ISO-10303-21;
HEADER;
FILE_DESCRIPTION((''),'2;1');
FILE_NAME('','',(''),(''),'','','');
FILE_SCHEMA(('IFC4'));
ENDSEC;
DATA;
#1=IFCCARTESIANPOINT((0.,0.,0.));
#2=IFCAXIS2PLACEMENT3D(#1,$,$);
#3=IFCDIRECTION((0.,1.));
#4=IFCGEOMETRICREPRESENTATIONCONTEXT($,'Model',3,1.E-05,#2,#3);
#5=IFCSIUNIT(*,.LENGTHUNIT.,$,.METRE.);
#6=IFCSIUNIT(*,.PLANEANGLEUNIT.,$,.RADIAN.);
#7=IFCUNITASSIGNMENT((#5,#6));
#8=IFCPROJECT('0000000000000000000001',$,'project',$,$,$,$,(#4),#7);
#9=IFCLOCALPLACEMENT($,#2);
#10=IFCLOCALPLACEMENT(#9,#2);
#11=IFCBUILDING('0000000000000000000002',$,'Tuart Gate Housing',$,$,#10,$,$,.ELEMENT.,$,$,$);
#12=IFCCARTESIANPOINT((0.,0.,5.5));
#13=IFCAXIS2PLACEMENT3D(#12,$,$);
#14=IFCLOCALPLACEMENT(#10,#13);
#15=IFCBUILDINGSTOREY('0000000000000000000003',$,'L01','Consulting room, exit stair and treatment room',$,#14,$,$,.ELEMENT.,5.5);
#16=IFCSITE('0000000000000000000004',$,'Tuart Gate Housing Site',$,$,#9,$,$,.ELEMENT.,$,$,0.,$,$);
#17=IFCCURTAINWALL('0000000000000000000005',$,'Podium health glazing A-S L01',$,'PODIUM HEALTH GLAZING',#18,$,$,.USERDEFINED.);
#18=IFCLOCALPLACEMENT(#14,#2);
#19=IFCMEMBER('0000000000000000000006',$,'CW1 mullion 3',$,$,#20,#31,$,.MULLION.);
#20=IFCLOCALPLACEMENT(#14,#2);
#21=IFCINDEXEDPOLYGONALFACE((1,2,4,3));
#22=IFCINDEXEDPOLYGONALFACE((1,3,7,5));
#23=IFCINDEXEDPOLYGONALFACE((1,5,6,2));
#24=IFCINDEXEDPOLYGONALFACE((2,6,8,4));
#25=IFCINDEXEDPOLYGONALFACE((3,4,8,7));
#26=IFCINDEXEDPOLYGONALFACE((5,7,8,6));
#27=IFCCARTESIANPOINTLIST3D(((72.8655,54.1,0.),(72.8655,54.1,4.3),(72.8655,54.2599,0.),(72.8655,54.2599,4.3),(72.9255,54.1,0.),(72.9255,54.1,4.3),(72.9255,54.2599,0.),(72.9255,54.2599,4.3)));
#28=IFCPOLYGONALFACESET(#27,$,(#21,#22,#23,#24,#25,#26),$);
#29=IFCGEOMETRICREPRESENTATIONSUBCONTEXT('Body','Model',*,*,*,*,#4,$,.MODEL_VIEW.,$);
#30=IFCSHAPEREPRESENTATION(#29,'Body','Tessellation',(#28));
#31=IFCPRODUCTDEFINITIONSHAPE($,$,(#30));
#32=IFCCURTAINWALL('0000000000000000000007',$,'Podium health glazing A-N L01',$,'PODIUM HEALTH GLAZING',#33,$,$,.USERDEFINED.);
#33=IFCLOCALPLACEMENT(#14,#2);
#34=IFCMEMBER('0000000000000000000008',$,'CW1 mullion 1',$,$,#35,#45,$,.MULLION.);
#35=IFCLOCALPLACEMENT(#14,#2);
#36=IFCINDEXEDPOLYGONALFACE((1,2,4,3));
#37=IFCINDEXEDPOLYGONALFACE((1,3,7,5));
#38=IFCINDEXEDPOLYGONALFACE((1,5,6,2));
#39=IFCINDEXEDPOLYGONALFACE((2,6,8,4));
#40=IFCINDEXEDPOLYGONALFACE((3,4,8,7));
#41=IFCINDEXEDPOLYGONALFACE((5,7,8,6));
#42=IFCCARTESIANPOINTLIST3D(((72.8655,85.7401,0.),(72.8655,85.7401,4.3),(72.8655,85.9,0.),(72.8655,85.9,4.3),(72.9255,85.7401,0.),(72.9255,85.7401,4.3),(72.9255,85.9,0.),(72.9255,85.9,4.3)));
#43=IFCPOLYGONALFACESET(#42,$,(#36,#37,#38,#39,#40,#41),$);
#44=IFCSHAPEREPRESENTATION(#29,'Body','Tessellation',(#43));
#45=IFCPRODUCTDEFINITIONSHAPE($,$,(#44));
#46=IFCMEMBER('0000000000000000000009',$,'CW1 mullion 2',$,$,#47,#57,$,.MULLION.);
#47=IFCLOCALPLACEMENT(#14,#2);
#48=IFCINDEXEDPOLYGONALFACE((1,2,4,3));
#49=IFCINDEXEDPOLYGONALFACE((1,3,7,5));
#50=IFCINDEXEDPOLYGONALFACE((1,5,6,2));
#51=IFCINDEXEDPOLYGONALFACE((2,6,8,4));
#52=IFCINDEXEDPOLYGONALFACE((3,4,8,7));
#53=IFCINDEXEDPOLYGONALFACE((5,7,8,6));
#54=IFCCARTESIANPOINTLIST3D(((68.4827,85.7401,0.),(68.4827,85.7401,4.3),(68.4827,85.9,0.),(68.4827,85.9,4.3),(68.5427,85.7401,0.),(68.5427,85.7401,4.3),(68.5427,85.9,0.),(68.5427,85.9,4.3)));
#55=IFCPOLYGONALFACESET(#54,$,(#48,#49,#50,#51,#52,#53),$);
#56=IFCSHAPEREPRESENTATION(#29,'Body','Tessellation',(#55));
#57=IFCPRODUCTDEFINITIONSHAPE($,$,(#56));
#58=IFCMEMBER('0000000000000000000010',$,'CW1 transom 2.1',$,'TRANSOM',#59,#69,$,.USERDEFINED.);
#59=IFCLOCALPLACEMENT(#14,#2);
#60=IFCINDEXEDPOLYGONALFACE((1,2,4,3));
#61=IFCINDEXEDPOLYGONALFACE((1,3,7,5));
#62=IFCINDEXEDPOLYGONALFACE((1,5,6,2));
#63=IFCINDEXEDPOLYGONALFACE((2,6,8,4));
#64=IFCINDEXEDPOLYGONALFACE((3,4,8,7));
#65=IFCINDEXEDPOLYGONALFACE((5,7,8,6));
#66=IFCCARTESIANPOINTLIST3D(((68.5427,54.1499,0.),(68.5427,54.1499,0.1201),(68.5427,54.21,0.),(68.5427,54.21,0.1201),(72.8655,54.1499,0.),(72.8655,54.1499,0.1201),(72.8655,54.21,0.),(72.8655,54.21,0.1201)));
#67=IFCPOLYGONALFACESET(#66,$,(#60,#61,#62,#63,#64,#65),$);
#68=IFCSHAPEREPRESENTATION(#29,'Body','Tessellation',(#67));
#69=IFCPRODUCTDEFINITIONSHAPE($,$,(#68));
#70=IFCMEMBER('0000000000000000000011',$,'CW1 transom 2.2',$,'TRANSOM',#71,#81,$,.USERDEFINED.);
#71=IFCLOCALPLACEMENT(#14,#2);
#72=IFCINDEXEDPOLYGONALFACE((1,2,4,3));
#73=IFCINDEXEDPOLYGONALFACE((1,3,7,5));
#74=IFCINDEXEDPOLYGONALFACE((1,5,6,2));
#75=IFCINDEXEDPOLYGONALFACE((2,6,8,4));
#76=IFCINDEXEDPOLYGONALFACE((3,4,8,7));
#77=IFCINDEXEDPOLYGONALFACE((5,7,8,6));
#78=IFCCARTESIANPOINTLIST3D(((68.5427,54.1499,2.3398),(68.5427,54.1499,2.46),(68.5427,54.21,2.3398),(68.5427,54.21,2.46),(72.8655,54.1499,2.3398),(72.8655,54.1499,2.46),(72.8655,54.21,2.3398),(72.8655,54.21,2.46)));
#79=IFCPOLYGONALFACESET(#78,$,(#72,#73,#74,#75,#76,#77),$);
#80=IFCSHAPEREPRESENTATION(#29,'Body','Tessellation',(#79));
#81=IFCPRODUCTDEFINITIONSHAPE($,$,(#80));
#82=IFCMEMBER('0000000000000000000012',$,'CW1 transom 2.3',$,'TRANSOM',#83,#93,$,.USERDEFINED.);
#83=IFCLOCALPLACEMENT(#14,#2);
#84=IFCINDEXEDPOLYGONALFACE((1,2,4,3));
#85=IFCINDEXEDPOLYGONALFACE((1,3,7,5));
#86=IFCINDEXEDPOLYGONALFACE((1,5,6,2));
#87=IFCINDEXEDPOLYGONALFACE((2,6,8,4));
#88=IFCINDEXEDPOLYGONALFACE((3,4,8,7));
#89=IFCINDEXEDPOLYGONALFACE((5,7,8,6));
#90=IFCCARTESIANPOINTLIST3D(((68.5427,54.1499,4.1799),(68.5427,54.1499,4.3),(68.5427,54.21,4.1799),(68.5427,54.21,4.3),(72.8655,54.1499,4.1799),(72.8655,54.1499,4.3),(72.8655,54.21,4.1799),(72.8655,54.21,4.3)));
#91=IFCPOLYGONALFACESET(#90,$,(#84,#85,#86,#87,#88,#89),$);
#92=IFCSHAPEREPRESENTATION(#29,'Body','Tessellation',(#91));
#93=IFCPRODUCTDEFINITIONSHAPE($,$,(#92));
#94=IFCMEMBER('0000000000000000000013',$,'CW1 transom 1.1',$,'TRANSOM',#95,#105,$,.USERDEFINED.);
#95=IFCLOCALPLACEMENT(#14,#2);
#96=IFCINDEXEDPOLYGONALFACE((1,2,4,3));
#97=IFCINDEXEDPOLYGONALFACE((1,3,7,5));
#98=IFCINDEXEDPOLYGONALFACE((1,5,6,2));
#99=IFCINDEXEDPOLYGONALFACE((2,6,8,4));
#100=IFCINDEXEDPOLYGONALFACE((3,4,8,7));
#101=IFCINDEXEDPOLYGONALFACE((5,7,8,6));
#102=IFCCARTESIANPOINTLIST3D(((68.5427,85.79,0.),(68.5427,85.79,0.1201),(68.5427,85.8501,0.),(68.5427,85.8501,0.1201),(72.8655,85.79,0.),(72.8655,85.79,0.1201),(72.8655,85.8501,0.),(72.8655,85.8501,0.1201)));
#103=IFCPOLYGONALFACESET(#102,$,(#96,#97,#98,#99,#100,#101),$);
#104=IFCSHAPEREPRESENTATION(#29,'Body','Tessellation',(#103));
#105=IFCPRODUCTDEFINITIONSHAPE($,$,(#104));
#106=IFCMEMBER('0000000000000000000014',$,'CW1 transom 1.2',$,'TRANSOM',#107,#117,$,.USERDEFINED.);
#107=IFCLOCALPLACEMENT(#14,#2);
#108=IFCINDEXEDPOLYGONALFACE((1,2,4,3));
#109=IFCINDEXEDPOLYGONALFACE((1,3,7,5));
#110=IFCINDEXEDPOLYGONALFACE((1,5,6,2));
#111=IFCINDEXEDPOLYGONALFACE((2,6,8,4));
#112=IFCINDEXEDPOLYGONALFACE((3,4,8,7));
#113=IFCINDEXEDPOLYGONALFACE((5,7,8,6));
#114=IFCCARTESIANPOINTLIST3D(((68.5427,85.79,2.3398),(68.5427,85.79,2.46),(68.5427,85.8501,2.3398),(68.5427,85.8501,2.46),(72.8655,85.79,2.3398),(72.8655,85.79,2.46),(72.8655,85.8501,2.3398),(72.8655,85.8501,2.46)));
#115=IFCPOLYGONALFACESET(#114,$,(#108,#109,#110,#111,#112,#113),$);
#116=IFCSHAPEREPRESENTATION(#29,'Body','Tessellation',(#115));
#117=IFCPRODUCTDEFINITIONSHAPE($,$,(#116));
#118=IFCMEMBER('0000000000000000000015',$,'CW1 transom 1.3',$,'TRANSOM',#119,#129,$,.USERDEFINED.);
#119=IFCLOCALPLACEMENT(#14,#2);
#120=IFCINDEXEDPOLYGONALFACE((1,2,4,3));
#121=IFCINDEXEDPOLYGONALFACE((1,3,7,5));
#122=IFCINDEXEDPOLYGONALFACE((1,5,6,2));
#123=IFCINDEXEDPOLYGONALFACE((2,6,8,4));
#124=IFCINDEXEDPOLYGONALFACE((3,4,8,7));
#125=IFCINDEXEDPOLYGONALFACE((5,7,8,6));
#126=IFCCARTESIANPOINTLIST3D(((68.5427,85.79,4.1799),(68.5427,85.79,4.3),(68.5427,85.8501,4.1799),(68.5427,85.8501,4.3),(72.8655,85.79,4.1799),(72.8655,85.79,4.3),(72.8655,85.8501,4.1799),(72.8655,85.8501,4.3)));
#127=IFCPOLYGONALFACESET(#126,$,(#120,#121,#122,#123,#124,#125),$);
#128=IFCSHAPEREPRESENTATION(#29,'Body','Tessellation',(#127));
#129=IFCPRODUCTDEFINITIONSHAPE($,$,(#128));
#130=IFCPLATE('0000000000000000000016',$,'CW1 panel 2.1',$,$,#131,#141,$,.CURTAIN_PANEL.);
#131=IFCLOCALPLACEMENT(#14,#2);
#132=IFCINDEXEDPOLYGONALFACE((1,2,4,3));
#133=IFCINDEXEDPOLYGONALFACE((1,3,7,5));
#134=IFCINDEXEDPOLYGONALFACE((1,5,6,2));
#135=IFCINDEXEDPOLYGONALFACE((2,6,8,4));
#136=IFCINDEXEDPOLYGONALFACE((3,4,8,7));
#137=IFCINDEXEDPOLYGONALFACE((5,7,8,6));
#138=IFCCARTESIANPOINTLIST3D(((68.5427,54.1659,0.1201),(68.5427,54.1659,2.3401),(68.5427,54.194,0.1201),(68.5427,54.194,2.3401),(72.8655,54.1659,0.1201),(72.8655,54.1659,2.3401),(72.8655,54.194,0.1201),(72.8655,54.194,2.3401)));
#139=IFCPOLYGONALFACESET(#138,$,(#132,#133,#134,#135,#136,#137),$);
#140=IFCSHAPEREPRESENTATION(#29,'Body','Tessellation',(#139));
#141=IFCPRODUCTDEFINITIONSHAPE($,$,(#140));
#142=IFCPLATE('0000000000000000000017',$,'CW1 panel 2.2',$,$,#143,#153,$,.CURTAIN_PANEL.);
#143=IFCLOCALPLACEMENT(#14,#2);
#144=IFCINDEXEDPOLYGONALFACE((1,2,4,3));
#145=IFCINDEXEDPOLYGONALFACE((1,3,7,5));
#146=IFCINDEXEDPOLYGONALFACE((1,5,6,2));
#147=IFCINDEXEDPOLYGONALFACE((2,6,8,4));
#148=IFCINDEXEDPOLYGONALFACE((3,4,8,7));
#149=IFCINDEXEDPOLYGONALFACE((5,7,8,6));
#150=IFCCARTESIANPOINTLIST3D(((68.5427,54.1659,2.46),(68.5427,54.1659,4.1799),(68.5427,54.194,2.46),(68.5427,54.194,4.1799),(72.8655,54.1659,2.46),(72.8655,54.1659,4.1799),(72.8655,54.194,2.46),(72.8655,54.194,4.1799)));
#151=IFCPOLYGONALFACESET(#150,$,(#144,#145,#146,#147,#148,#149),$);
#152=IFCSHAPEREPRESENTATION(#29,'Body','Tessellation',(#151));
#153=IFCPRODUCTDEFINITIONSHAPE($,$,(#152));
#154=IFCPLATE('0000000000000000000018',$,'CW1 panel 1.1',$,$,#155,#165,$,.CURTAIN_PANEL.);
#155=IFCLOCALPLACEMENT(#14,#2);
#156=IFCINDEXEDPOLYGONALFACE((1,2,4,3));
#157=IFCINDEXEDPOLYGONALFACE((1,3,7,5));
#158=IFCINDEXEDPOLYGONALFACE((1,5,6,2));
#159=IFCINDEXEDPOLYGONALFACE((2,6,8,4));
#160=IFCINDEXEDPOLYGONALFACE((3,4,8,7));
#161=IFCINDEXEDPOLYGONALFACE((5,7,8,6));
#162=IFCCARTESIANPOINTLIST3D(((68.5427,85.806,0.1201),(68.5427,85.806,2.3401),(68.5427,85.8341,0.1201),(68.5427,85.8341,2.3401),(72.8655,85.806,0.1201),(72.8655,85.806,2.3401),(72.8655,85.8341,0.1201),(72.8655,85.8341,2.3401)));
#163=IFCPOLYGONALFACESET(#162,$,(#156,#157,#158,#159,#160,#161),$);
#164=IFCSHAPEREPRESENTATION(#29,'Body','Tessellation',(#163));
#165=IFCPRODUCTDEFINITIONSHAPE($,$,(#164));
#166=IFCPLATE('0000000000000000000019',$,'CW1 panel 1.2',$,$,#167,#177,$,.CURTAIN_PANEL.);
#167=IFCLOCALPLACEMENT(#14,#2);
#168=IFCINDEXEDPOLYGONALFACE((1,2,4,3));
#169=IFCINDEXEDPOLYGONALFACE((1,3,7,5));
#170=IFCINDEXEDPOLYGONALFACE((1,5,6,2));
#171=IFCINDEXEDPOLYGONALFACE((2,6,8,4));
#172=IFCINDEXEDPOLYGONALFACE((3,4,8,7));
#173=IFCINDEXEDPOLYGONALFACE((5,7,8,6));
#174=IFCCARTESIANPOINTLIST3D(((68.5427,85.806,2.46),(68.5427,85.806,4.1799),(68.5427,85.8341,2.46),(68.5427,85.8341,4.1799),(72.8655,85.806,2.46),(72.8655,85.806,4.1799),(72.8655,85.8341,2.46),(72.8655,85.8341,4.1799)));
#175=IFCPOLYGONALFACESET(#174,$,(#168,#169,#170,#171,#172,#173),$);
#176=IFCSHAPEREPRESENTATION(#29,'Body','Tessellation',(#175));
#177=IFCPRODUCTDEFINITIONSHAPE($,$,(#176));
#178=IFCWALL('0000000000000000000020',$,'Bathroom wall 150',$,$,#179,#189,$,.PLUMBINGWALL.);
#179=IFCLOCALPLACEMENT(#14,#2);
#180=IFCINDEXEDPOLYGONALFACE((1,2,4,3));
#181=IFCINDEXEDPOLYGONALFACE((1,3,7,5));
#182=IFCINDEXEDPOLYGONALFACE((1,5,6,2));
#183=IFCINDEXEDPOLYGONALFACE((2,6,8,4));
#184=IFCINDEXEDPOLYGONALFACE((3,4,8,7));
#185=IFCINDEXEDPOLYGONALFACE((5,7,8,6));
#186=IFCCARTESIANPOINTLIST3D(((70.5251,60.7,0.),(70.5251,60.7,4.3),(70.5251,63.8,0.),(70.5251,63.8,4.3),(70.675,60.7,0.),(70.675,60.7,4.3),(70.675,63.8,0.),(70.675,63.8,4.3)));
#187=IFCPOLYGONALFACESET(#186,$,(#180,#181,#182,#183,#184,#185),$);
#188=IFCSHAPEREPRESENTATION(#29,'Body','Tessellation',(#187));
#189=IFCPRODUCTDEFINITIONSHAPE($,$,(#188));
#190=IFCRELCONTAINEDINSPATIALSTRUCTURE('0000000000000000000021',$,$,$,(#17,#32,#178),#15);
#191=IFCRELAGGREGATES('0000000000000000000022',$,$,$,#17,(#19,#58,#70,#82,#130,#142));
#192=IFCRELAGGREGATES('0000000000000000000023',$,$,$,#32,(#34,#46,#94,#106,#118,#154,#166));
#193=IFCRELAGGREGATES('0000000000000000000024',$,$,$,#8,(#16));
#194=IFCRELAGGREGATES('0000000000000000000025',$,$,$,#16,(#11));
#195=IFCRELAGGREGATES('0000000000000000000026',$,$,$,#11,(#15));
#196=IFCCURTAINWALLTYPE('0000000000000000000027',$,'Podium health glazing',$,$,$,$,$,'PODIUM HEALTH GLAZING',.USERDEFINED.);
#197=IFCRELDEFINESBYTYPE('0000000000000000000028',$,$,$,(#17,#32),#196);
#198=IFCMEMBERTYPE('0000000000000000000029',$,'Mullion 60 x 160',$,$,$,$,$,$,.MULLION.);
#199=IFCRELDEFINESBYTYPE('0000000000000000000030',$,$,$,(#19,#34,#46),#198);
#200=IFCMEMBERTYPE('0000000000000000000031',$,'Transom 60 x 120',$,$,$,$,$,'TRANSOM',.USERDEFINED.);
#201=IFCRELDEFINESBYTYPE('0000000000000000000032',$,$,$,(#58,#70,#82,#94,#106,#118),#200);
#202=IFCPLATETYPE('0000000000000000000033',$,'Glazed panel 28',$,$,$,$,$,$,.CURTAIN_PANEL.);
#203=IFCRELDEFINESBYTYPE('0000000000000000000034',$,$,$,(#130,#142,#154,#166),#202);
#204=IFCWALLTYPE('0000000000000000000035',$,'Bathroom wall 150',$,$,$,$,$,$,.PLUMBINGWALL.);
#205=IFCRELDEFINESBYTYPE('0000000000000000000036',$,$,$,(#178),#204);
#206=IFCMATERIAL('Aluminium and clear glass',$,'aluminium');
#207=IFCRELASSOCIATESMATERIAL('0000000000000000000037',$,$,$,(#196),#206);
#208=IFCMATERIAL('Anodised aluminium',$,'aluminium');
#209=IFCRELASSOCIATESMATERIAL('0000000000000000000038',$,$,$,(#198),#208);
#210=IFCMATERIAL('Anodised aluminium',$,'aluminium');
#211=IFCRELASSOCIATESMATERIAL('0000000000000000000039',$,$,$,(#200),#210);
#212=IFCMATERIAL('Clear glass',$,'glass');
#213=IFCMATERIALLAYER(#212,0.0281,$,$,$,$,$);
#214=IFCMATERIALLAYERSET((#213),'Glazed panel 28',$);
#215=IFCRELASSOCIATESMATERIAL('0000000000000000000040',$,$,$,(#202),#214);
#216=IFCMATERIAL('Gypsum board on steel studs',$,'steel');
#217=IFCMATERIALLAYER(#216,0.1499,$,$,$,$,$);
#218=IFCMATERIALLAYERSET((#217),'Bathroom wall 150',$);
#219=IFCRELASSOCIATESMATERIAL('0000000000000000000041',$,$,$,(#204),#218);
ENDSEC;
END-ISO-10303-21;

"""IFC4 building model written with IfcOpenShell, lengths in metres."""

from ifc_helpers import new_model, si_unit, direction, frame, frame_2d, origin, origin_2d, place, context, subcontext, project, spatial, rectangle, extrude, material, layer, layer_set, material_profile, profile_set, type_object, element, aggregate, save


model = new_model("IFC4")

# Units and contexts
model_context = context("Model", 3, precision=1e-05, world=origin(), true_north=direction((0.0, 1.0)))
body_context = subcontext(model_context, "Body", "Model", "MODEL_VIEW")
ifc_project = project(units=[si_unit("LENGTHUNIT", "METRE"), si_unit("PLANEANGLEUNIT", "RADIAN")], contexts=[model_context])

# Site, building, storey
site_placement = place(None, origin())
site = spatial("IfcSite", under=ifc_project, at=site_placement, Name="Tuart Gate Housing Site", CompositionType="ELEMENT", RefElevation=0.0)
building_placement = place(site_placement, origin())
building = spatial("IfcBuilding", under=site, at=building_placement, Name="Tuart Gate Housing", CompositionType="ELEMENT")
storey_placement = place(building_placement, frame((0.0, 0.0, 5.5)))
storey = spatial("IfcBuildingStorey", under=building, at=storey_placement, Name="L01", Description="Consulting room, exit stair and treatment room", CompositionType="ELEMENT", Elevation=5.5)

# Curtain wall, member
ifc_material_1 = material(Name="Aluminium and clear glass", Category="aluminium")
curtain_wall_type = type_object("IfcCurtainWallType", Name="Podium health glazing", ElementType="PODIUM HEALTH GLAZING", PredefinedType="USERDEFINED", material=ifc_material_1)
curtain_wall_1_placement = place(storey_placement, origin())
curtain_wall_1 = element("IfcCurtainWall", 1, at=curtain_wall_1_placement, inside=storey, type_object=curtain_wall_type, Name="Podium health glazing A-S L01", ObjectType="PODIUM HEALTH GLAZING", PredefinedType="USERDEFINED")
ifc_material_2 = material(Name="Anodised aluminium", Category="aluminium")
ifc_material_profile_1 = material_profile(ifc_material_2, rectangle(XDim=0.0601, YDim=0.1599, at=origin_2d()), Name="60x160")
ifc_profile_set_1 = profile_set([ifc_material_profile_1], Name="Anodised aluminium")
member_type_1 = type_object("IfcMemberType", Name="Mullion 60 x 160", PredefinedType="MULLION", material=ifc_profile_set_1)
member_1_placement = place(storey_placement, frame((72.8955, 54.1799, 0.0), z_axis=(0.0, 0.0, 1.0), x_axis=(1.0, 0.0, 0.0)))
member_1 = element("IfcMember", 2, at=member_1_placement, type_object=member_type_1, Name="CW1 mullion 3", PredefinedType="MULLION", context=body_context, shape_type="SweptSolid", body=[
    extrude(rectangle(XDim=0.0601, YDim=0.1599, at=origin_2d()), origin(), (0.0, 0.0, 1.0), 4.3),
])

# Curtain wall, members
curtain_wall_2_placement = place(storey_placement, origin())
curtain_wall_2 = element("IfcCurtainWall", 3, at=curtain_wall_2_placement, inside=storey, type_object=curtain_wall_type, Name="Podium health glazing A-N L01", ObjectType="PODIUM HEALTH GLAZING", PredefinedType="USERDEFINED")
member_2_placement = place(storey_placement, frame((72.8955, 85.8201, 0.0), z_axis=(0.0, 0.0, 1.0), x_axis=(-1.0, 0.0, 0.0)))
member_2 = element("IfcMember", 4, at=member_2_placement, type_object=member_type_1, Name="CW1 mullion 1", PredefinedType="MULLION", context=body_context, shape_type="SweptSolid", body=[
    extrude(rectangle(XDim=0.0601, YDim=0.1599, at=origin_2d()), origin(), (0.0, 0.0, 1.0), 4.3),
])
member_3_placement = place(storey_placement, frame((68.5127, 85.8201, 0.0), z_axis=(0.0, 0.0, 1.0), x_axis=(-1.0, 0.0, 0.0)))
member_3 = element("IfcMember", 5, at=member_3_placement, type_object=member_type_1, Name="CW1 mullion 2", PredefinedType="MULLION", context=body_context, shape_type="SweptSolid", body=[
    extrude(rectangle(XDim=0.0601, YDim=0.1599, at=origin_2d()), origin(), (0.0, 0.0, 1.0), 4.3),
])

# Members
ifc_material_3 = material(Name="Anodised aluminium", Category="aluminium")
ifc_material_profile_2 = material_profile(ifc_material_3, rectangle(XDim=0.0601, YDim=0.1201, at=origin_2d()), Name="60x120")
ifc_profile_set_2 = profile_set([ifc_material_profile_2], Name="Anodised aluminium")
member_type_2 = type_object("IfcMemberType", Name="Transom 60 x 120", ElementType="TRANSOM", PredefinedType="USERDEFINED", material=ifc_profile_set_2)
member_4_placement = place(storey_placement, frame((68.5427, 54.1799, 0.0601), z_axis=(1.0, 0.0, 0.0), x_axis=(0.0, 1.0, 0.0)))
member_4 = element("IfcMember", 6, at=member_4_placement, type_object=member_type_2, Name="CW1 transom 2.1", ObjectType="TRANSOM", PredefinedType="USERDEFINED", context=body_context, shape_type="SweptSolid", body=[
    extrude(rectangle(XDim=0.0601, YDim=0.1201, at=origin_2d()), origin(), (0.0, 0.0, 1.0), 4.3228),
])
member_5_placement = place(storey_placement, frame((68.5427, 54.1799, 2.3999), z_axis=(1.0, 0.0, 0.0), x_axis=(0.0, 1.0, 0.0)))
member_5 = element("IfcMember", 7, at=member_5_placement, type_object=member_type_2, Name="CW1 transom 2.2", ObjectType="TRANSOM", PredefinedType="USERDEFINED", context=body_context, shape_type="SweptSolid", body=[
    extrude(rectangle(XDim=0.0601, YDim=0.1201, at=origin_2d()), origin(), (0.0, 0.0, 1.0), 4.3228),
])
member_6_placement = place(storey_placement, frame((68.5427, 54.1799, 4.24), z_axis=(1.0, 0.0, 0.0), x_axis=(0.0, 1.0, 0.0)))
member_6 = element("IfcMember", 8, at=member_6_placement, type_object=member_type_2, Name="CW1 transom 2.3", ObjectType="TRANSOM", PredefinedType="USERDEFINED", context=body_context, shape_type="SweptSolid", body=[
    extrude(rectangle(XDim=0.0601, YDim=0.1201, at=origin_2d()), origin(), (0.0, 0.0, 1.0), 4.3228),
])
member_7_placement = place(storey_placement, frame((72.8655, 85.8201, 0.0601), z_axis=(-1.0, 0.0, 0.0), x_axis=(0.0, -1.0, 0.0)))
member_7 = element("IfcMember", 9, at=member_7_placement, type_object=member_type_2, Name="CW1 transom 1.1", ObjectType="TRANSOM", PredefinedType="USERDEFINED", context=body_context, shape_type="SweptSolid", body=[
    extrude(rectangle(XDim=0.0601, YDim=0.1201, at=origin_2d()), origin(), (0.0, 0.0, 1.0), 4.3228),
])
member_8_placement = place(storey_placement, frame((72.8655, 85.8201, 2.3999), z_axis=(-1.0, 0.0, 0.0), x_axis=(0.0, -1.0, 0.0)))
member_8 = element("IfcMember", 10, at=member_8_placement, type_object=member_type_2, Name="CW1 transom 1.2", ObjectType="TRANSOM", PredefinedType="USERDEFINED", context=body_context, shape_type="SweptSolid", body=[
    extrude(rectangle(XDim=0.0601, YDim=0.1201, at=origin_2d()), origin(), (0.0, 0.0, 1.0), 4.3228),
])
member_9_placement = place(storey_placement, frame((72.8655, 85.8201, 4.24), z_axis=(-1.0, 0.0, 0.0), x_axis=(0.0, -1.0, 0.0)))
member_9 = element("IfcMember", 11, at=member_9_placement, type_object=member_type_2, Name="CW1 transom 1.3", ObjectType="TRANSOM", PredefinedType="USERDEFINED", context=body_context, shape_type="SweptSolid", body=[
    extrude(rectangle(XDim=0.0601, YDim=0.1201, at=origin_2d()), origin(), (0.0, 0.0, 1.0), 4.3228),
])

# Plates
ifc_material_4 = material(Name="Clear glass", Category="glass")
ifc_layer_1 = layer(ifc_material_4, 0.0281)
ifc_layer_set_1 = layer_set([ifc_layer_1], Name="Glazed panel 28")
plate_type = type_object("IfcPlateType", Name="Glazed panel 28", PredefinedType="CURTAIN_PANEL", material=ifc_layer_set_1)
plate_1_placement = place(storey_placement, frame((70.7041, 54.1799, 0.1201), z_axis=(0.0, 0.0, 1.0), x_axis=(1.0, 0.0, 0.0)))
plate_1 = element("IfcPlate", 12, at=plate_1_placement, type_object=plate_type, Name="CW1 panel 2.1", PredefinedType="CURTAIN_PANEL", context=body_context, shape_type="SweptSolid", body=[
    extrude(rectangle(XDim=4.3228, YDim=0.0281, at=origin_2d()), origin(), (0.0, 0.0, 1.0), 2.22),
])
plate_2_placement = place(storey_placement, frame((70.7041, 54.1799, 2.46), z_axis=(0.0, 0.0, 1.0), x_axis=(1.0, 0.0, 0.0)))
plate_2 = element("IfcPlate", 13, at=plate_2_placement, type_object=plate_type, Name="CW1 panel 2.2", PredefinedType="CURTAIN_PANEL", context=body_context, shape_type="SweptSolid", body=[
    extrude(rectangle(XDim=4.3228, YDim=0.0281, at=origin_2d()), origin(), (0.0, 0.0, 1.0), 1.72),
])
aggregate(curtain_wall_1, [member_1, member_4, member_5, member_6, plate_1, plate_2])
plate_3_placement = place(storey_placement, frame((70.7041, 85.8201, 0.1201), z_axis=(0.0, 0.0, 1.0), x_axis=(-1.0, 0.0, 0.0)))
plate_3 = element("IfcPlate", 14, at=plate_3_placement, type_object=plate_type, Name="CW1 panel 1.1", PredefinedType="CURTAIN_PANEL", context=body_context, shape_type="SweptSolid", body=[
    extrude(rectangle(XDim=4.3228, YDim=0.0281, at=origin_2d()), origin(), (0.0, 0.0, 1.0), 2.22),
])
plate_4_placement = place(storey_placement, frame((70.7041, 85.8201, 2.46), z_axis=(0.0, 0.0, 1.0), x_axis=(-1.0, 0.0, 0.0)))
plate_4 = element("IfcPlate", 15, at=plate_4_placement, type_object=plate_type, Name="CW1 panel 1.2", PredefinedType="CURTAIN_PANEL", context=body_context, shape_type="SweptSolid", body=[
    extrude(rectangle(XDim=4.3228, YDim=0.0281, at=origin_2d()), origin(), (0.0, 0.0, 1.0), 1.72),
])
aggregate(curtain_wall_2, [member_2, member_3, member_7, member_8, member_9, plate_3, plate_4])

# Wall
ifc_material_5 = material(Name="Gypsum board on steel studs", Category="steel")
ifc_layer_2 = layer(ifc_material_5, 0.1499)
ifc_layer_set_2 = layer_set([ifc_layer_2], Name="Bathroom wall 150")
wall_type_1 = type_object("IfcWallType", Name="Bathroom wall 150", PredefinedType="PLUMBINGWALL", material=ifc_layer_set_2)
for number, where, z_axis, x_axis, name in (
    (16, (70.6001, 60.7, 0.0), (0.0, 0.0, 1.0), (0.0, 1.0, 0.0), "Bathroom wall 150"),
):
    element("IfcWall", number, at=place(storey_placement, frame(where, z_axis=z_axis, x_axis=x_axis)), inside=storey, type_object=wall_type_1, Name=name, PredefinedType="PLUMBINGWALL", context=body_context, shape_type="SweptSolid", body=[
        extrude(rectangle(XDim=3.1001, YDim=0.1499, at=frame_2d((1.55, 0.0))), origin(), (0.0, 0.0, 1.0), 4.3),
    ])

save(model, "model.ifc")
